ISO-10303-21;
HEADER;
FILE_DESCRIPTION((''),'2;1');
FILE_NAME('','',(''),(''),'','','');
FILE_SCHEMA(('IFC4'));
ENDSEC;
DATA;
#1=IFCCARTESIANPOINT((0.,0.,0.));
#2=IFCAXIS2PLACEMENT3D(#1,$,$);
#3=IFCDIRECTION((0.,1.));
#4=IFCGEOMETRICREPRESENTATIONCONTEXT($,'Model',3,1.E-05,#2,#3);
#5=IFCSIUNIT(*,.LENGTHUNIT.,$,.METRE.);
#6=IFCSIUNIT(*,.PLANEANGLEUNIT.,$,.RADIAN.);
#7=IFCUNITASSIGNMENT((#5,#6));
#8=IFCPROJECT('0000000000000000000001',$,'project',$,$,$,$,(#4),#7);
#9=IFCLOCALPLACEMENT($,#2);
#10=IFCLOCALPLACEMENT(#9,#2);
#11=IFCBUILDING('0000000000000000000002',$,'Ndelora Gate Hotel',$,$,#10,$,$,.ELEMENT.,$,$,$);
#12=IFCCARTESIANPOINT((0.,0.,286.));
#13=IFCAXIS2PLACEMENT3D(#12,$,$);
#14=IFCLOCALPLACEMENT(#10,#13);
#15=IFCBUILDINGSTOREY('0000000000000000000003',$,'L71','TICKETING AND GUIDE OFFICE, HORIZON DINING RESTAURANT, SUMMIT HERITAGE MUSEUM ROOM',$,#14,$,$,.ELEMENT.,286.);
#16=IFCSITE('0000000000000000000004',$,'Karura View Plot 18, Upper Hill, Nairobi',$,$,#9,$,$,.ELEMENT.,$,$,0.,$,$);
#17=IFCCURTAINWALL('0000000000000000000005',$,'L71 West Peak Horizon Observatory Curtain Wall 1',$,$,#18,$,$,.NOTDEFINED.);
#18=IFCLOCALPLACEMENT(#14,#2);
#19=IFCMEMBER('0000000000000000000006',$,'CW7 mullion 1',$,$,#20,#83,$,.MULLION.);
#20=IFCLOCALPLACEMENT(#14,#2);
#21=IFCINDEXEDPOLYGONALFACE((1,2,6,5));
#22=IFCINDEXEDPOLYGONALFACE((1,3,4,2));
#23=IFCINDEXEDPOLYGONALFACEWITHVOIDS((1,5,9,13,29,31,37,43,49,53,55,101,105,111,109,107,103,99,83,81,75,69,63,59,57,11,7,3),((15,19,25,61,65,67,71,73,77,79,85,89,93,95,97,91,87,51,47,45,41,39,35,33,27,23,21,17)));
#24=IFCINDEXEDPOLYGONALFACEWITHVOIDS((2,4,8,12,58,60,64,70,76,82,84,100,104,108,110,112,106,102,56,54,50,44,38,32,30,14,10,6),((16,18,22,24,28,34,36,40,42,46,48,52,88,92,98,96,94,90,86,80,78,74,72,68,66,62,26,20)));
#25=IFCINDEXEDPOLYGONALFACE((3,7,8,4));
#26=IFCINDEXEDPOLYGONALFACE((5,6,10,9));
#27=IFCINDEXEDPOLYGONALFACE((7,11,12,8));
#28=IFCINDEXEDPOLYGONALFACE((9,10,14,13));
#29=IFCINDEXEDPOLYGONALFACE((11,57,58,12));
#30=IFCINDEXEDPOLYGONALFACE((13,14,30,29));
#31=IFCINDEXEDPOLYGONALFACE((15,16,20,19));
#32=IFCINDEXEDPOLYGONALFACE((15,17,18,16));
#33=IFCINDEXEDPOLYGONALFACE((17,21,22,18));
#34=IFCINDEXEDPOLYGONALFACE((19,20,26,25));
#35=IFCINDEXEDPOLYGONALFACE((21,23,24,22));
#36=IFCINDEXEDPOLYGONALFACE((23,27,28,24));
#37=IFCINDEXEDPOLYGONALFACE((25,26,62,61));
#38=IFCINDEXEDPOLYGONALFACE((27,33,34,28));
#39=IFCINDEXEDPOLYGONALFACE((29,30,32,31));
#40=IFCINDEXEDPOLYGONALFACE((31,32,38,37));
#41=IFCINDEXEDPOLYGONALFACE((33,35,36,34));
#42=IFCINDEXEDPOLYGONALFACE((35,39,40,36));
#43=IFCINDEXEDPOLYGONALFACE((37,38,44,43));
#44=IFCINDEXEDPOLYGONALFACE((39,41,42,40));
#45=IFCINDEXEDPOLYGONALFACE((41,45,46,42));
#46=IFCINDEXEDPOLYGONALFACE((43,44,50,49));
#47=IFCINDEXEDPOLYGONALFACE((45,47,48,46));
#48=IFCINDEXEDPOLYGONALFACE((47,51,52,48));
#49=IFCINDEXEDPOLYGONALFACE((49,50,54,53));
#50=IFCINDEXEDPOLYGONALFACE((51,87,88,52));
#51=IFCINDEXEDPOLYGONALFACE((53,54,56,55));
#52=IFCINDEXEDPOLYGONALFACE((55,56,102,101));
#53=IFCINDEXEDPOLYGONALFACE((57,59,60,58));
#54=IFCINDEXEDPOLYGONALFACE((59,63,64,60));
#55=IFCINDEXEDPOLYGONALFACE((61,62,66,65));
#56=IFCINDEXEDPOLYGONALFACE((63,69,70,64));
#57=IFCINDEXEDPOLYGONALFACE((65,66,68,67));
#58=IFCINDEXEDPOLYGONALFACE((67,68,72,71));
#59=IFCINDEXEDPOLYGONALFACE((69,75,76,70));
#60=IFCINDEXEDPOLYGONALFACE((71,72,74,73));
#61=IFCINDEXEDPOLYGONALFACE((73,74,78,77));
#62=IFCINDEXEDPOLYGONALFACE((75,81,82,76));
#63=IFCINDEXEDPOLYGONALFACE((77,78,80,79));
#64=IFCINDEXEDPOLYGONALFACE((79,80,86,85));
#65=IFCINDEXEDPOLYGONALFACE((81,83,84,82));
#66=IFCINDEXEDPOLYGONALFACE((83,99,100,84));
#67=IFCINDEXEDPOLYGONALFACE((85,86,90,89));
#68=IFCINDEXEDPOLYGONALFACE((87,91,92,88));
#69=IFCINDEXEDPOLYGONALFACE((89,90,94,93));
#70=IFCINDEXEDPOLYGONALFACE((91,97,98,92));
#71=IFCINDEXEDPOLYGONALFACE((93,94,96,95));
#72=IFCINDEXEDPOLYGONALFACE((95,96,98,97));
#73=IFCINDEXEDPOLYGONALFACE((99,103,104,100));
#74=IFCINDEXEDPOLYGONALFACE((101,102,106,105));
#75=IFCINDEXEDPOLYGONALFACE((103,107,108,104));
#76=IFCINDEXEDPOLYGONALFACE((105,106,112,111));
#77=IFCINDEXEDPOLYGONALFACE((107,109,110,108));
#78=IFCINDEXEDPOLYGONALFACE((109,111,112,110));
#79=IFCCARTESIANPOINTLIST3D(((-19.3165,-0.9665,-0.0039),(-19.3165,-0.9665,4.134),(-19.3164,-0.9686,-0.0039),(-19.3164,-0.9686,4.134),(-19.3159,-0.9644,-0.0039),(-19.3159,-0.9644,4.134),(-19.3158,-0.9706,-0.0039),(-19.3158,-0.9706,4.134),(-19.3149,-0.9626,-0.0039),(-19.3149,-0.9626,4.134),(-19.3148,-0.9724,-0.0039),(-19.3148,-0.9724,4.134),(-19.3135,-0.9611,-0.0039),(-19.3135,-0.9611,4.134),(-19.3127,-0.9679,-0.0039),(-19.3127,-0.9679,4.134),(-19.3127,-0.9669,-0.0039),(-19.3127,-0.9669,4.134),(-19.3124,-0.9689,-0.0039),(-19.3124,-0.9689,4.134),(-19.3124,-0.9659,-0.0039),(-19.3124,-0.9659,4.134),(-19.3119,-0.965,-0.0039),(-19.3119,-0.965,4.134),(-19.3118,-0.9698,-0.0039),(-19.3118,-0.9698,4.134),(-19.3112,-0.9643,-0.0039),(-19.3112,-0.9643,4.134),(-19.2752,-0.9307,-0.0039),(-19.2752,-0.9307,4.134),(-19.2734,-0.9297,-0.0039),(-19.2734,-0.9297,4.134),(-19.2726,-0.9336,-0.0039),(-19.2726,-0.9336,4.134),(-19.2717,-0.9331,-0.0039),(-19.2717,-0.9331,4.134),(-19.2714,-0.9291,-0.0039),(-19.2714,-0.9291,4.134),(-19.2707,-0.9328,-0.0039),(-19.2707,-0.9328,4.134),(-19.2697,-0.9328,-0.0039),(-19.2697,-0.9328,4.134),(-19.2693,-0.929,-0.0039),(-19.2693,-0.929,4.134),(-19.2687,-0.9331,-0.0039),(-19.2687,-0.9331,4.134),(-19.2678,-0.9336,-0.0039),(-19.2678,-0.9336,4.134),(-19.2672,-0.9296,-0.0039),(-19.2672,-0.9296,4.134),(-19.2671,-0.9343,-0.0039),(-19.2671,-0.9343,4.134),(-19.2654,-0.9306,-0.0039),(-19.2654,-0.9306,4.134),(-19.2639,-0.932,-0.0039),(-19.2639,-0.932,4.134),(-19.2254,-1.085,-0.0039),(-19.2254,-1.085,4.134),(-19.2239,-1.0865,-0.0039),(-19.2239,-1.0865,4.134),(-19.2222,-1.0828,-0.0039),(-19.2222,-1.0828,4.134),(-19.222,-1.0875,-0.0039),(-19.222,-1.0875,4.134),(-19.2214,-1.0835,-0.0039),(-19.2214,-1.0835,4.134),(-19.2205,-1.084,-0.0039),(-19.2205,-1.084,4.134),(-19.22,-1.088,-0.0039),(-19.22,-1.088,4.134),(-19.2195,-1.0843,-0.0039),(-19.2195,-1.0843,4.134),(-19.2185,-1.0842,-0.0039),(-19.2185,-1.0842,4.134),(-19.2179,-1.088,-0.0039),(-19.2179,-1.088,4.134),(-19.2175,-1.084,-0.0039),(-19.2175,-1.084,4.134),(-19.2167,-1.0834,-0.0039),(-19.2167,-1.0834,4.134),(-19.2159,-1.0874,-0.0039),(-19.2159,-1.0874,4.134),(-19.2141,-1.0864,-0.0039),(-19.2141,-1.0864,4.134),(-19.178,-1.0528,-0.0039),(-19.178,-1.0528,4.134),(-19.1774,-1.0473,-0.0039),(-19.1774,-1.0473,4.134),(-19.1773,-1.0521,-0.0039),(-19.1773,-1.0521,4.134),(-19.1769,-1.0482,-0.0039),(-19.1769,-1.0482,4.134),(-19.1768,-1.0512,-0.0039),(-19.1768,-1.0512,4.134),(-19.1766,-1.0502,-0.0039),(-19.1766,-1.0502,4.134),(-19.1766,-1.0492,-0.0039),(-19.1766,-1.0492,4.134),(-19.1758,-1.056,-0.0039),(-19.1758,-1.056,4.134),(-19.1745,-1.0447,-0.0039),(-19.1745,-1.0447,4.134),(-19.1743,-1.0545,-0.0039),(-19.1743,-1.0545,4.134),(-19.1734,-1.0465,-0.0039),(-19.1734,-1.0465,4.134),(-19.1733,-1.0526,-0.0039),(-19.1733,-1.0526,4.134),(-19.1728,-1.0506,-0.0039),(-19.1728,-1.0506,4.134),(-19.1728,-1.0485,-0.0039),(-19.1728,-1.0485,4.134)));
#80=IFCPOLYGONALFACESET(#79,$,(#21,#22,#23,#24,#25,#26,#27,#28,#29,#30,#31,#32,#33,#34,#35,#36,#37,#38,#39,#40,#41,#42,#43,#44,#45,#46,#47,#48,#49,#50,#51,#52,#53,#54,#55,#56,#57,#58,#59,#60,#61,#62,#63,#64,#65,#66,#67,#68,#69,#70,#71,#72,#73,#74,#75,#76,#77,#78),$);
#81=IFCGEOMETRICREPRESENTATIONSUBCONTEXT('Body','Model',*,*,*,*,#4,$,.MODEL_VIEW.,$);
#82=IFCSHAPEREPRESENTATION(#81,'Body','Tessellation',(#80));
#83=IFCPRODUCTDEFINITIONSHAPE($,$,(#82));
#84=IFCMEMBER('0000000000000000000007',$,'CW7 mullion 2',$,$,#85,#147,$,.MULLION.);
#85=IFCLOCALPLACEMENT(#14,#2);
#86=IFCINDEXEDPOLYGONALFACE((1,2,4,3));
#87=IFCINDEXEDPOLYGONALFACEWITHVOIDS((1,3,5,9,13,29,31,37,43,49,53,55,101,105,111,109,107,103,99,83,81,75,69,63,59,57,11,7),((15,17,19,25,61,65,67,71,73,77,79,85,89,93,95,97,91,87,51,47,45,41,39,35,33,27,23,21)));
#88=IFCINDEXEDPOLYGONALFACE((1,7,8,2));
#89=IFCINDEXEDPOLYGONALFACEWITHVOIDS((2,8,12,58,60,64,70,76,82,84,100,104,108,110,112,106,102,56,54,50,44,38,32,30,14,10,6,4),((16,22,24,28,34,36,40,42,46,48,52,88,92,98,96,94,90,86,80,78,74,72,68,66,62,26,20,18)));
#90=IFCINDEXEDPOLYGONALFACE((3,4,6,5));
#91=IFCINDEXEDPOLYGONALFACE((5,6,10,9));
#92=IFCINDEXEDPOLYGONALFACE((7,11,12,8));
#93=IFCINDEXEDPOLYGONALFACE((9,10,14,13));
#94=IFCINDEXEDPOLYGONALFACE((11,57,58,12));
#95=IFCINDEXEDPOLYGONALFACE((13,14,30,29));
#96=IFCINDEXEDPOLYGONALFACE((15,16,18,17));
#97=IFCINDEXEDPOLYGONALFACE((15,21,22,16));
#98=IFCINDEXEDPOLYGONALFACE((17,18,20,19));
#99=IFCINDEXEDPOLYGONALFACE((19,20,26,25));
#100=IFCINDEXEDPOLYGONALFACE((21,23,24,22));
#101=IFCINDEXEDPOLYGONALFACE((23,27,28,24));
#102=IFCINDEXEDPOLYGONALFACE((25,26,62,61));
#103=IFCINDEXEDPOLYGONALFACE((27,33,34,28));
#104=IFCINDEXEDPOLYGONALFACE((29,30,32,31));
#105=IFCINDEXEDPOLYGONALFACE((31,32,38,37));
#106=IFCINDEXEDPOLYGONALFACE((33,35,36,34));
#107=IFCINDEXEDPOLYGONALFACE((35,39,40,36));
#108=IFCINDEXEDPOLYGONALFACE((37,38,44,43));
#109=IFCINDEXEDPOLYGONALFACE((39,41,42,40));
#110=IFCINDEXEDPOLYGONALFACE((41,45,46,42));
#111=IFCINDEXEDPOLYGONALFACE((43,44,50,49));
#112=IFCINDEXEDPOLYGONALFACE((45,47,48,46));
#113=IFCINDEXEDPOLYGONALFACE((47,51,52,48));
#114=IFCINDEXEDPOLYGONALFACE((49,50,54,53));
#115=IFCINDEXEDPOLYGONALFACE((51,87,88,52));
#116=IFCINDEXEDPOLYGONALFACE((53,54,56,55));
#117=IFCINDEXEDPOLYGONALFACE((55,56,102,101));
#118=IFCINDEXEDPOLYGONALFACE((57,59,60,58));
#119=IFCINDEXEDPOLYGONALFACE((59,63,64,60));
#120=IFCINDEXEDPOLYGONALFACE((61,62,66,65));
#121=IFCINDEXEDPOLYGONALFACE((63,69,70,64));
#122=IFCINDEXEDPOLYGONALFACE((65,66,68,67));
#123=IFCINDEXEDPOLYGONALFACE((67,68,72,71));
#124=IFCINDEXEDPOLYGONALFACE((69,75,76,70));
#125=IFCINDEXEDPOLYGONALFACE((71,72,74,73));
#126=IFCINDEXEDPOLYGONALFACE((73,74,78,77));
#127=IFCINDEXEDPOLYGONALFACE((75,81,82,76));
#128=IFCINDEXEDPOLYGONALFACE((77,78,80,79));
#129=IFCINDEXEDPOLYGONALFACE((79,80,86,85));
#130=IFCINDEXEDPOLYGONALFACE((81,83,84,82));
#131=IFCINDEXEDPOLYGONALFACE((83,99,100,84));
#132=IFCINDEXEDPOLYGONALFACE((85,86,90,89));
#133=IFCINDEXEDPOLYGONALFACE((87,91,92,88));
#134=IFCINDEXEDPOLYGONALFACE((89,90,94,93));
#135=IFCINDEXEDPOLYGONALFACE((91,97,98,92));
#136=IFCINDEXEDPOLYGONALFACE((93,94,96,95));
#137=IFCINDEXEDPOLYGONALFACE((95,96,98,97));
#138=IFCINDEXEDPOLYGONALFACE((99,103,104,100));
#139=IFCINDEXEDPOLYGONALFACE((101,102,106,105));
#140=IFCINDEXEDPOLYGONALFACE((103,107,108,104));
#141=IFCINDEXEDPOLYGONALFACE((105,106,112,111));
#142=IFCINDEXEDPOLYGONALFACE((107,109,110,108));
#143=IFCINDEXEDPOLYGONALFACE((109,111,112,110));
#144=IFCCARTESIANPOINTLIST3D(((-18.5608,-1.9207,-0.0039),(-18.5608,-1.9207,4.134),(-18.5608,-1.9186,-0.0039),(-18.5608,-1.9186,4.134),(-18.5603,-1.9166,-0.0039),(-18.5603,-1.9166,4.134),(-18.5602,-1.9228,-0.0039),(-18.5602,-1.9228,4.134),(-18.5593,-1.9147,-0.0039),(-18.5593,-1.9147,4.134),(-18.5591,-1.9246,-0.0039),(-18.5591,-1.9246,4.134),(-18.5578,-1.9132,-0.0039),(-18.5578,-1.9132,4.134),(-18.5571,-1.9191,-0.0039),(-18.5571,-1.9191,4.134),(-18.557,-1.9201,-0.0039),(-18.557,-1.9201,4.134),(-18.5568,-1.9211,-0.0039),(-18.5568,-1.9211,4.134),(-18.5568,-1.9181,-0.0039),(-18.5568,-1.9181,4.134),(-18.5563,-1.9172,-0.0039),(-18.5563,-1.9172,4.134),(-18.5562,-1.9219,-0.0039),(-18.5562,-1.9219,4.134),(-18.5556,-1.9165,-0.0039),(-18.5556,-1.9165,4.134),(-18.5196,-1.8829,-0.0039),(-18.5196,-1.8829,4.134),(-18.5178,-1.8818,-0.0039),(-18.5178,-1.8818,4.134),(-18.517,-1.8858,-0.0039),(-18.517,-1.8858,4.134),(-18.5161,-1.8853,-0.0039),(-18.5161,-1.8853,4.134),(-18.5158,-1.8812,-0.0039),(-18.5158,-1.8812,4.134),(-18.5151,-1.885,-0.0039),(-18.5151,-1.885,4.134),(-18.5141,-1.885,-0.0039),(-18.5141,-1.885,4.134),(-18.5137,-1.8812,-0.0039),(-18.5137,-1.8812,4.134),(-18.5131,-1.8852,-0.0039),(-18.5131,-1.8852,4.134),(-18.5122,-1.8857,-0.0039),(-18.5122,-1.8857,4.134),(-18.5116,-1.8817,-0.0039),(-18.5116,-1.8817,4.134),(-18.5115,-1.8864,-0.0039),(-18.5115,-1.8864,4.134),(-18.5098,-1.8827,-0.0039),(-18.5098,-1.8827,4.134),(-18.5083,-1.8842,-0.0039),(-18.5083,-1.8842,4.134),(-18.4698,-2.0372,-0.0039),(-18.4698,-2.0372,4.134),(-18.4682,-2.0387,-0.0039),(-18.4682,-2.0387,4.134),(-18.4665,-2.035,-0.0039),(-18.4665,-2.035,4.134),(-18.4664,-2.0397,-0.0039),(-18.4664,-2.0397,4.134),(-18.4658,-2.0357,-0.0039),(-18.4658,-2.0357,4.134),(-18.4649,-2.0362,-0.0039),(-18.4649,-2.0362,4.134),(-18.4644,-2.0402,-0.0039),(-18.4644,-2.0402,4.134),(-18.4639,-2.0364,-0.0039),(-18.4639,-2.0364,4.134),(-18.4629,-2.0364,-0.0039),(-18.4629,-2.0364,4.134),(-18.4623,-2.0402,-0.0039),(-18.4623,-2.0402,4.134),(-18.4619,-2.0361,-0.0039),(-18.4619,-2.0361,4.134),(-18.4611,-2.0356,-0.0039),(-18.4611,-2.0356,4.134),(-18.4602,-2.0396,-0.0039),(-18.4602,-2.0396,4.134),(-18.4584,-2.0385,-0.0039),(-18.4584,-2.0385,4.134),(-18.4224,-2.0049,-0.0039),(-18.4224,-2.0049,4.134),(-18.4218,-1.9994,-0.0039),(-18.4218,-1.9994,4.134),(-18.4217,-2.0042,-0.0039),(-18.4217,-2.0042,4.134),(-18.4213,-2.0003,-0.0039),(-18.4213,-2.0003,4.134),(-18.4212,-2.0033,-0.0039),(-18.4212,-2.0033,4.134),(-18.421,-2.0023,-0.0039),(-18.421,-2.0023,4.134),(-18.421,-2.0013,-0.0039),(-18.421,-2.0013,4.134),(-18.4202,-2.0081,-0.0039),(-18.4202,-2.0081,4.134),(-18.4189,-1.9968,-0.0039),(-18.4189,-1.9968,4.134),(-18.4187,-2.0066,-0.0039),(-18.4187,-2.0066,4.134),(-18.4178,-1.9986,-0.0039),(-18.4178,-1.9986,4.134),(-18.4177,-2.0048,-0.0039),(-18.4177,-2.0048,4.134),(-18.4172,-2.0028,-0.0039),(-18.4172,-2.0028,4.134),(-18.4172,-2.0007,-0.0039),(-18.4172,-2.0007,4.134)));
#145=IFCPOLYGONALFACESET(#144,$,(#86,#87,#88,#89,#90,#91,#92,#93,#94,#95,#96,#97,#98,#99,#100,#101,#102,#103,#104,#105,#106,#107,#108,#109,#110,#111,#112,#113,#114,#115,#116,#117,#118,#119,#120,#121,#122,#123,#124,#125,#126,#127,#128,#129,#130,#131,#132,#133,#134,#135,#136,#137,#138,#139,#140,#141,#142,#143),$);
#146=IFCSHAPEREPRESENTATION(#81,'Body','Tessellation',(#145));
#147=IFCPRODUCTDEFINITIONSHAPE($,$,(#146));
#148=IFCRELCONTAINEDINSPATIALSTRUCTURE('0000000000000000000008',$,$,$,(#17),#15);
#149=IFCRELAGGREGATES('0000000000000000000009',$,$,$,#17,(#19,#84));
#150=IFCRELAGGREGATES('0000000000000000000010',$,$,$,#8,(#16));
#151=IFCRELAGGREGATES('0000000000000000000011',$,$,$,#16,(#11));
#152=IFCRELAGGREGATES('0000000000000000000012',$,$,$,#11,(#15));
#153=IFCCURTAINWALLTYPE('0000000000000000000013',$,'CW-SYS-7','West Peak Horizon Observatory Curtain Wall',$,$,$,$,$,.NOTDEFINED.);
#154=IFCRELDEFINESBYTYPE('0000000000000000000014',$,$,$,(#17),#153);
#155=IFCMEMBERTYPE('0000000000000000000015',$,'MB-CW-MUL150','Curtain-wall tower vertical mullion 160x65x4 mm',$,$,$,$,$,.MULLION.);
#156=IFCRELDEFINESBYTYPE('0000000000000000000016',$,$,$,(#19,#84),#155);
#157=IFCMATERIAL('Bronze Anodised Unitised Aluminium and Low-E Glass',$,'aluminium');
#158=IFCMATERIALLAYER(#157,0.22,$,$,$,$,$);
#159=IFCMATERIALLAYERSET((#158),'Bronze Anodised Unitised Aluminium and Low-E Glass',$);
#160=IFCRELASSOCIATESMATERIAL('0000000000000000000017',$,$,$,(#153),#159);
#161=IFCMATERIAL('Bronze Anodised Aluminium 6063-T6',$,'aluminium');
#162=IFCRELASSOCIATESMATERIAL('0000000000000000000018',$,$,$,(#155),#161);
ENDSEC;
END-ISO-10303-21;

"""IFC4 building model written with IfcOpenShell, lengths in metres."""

from ifc_helpers import new_model, si_unit, direction, frame, origin, origin_2d, place, context, subcontext, project, spatial, hollow_rectangle, extrude, material, layer, layer_set, material_profile, profile_set, type_object, element, aggregate, save


model = new_model("IFC4")

# Units and contexts
model_context = context("Model", 3, precision=1e-05, world=origin(), true_north=direction((0.0, 1.0)))
body_context = subcontext(model_context, "Body", "Model", "MODEL_VIEW")
ifc_project = project(units=[si_unit("LENGTHUNIT", "METRE"), si_unit("PLANEANGLEUNIT", "RADIAN")], contexts=[model_context])

# Site, building, storey
site_placement = place(None, origin())
site = spatial("IfcSite", under=ifc_project, at=site_placement, Name="Karura View Plot 18, Upper Hill, Nairobi", CompositionType="ELEMENT", RefElevation=0.0)
building_placement = place(site_placement, origin())
building = spatial("IfcBuilding", under=site, at=building_placement, Name="Ndelora Gate Hotel", CompositionType="ELEMENT")
storey_placement = place(building_placement, frame((0.0, 0.0, 286.0)))
storey = spatial("IfcBuildingStorey", under=building, at=storey_placement, Name="L71", Description="TICKETING AND GUIDE OFFICE, HORIZON DINING RESTAURANT, SUMMIT HERITAGE MUSEUM ROOM", CompositionType="ELEMENT", Elevation=286.0)

# Curtain wall, members
ifc_material_1 = material(Name="Bronze Anodised Unitised Aluminium and Low-E Glass", Category="aluminium")
ifc_layer_1 = layer(ifc_material_1, 0.22)
ifc_layer_set_1 = layer_set([ifc_layer_1], Name="Bronze Anodised Unitised Aluminium and Low-E Glass")
curtain_wall_type = type_object("IfcCurtainWallType", Name="CW-SYS-7", Description="West Peak Horizon Observatory Curtain Wall", PredefinedType="NOTDEFINED", material=ifc_layer_set_1)
curtain_wall_1_placement = place(storey_placement, origin())
curtain_wall_1 = element("IfcCurtainWall", 1, at=curtain_wall_1_placement, inside=storey, type_object=curtain_wall_type, Name="L71 West Peak Horizon Observatory Curtain Wall 1", PredefinedType="NOTDEFINED")
ifc_material_2 = material(Name="Bronze Anodised Aluminium 6063-T6", Category="aluminium")
ifc_material_profile_1 = material_profile(ifc_material_2, hollow_rectangle(XDim=0.0649, YDim=0.1599, WallThickness=0.0039, InnerFilletRadius=0.0039, OuterFilletRadius=0.0081, at=origin_2d()), Name="ALU 160x65x4")
ifc_profile_set_1 = profile_set([ifc_material_profile_1], Name="Bronze Anodised Aluminium 6063-T6")
member_type_1 = type_object("IfcMemberType", Name="MB-CW-MUL150", Description="Curtain-wall tower vertical mullion 160x65x4 mm", PredefinedType="MULLION", material=ifc_profile_set_1)
member_1_placement = place(storey_placement, frame((-19.2446, -1.0085, -0.0039), z_axis=(0.0, 0.0, 1.0), x_axis=(0.783317, 0.621622, 0.0)))
member_1 = element("IfcMember", 2, at=member_1_placement, type_object=member_type_1, Name="CW7 mullion 1", PredefinedType="MULLION", context=body_context, shape_type="SweptSolid", body=[
    extrude(hollow_rectangle(XDim=0.0649, YDim=0.1599, WallThickness=0.0039, InnerFilletRadius=0.0039, OuterFilletRadius=0.0081, at=origin_2d()), origin(), (0.0, 0.0, 1.0), 4.1379),
])
member_2_placement = place(storey_placement, frame((-18.489, -1.9607, -0.0039), z_axis=(0.0, 0.0, 1.0), x_axis=(0.783317, 0.621622, 0.0)))
member_2 = element("IfcMember", 3, at=member_2_placement, type_object=member_type_1, Name="CW7 mullion 2", PredefinedType="MULLION", context=body_context, shape_type="SweptSolid", body=[
    extrude(hollow_rectangle(XDim=0.0649, YDim=0.1599, WallThickness=0.0039, InnerFilletRadius=0.0039, OuterFilletRadius=0.0081, at=origin_2d()), origin(), (0.0, 0.0, 1.0), 4.1379),
])

aggregate(curtain_wall_1, [member_1, member_2])

save(model, "model.ifc")
